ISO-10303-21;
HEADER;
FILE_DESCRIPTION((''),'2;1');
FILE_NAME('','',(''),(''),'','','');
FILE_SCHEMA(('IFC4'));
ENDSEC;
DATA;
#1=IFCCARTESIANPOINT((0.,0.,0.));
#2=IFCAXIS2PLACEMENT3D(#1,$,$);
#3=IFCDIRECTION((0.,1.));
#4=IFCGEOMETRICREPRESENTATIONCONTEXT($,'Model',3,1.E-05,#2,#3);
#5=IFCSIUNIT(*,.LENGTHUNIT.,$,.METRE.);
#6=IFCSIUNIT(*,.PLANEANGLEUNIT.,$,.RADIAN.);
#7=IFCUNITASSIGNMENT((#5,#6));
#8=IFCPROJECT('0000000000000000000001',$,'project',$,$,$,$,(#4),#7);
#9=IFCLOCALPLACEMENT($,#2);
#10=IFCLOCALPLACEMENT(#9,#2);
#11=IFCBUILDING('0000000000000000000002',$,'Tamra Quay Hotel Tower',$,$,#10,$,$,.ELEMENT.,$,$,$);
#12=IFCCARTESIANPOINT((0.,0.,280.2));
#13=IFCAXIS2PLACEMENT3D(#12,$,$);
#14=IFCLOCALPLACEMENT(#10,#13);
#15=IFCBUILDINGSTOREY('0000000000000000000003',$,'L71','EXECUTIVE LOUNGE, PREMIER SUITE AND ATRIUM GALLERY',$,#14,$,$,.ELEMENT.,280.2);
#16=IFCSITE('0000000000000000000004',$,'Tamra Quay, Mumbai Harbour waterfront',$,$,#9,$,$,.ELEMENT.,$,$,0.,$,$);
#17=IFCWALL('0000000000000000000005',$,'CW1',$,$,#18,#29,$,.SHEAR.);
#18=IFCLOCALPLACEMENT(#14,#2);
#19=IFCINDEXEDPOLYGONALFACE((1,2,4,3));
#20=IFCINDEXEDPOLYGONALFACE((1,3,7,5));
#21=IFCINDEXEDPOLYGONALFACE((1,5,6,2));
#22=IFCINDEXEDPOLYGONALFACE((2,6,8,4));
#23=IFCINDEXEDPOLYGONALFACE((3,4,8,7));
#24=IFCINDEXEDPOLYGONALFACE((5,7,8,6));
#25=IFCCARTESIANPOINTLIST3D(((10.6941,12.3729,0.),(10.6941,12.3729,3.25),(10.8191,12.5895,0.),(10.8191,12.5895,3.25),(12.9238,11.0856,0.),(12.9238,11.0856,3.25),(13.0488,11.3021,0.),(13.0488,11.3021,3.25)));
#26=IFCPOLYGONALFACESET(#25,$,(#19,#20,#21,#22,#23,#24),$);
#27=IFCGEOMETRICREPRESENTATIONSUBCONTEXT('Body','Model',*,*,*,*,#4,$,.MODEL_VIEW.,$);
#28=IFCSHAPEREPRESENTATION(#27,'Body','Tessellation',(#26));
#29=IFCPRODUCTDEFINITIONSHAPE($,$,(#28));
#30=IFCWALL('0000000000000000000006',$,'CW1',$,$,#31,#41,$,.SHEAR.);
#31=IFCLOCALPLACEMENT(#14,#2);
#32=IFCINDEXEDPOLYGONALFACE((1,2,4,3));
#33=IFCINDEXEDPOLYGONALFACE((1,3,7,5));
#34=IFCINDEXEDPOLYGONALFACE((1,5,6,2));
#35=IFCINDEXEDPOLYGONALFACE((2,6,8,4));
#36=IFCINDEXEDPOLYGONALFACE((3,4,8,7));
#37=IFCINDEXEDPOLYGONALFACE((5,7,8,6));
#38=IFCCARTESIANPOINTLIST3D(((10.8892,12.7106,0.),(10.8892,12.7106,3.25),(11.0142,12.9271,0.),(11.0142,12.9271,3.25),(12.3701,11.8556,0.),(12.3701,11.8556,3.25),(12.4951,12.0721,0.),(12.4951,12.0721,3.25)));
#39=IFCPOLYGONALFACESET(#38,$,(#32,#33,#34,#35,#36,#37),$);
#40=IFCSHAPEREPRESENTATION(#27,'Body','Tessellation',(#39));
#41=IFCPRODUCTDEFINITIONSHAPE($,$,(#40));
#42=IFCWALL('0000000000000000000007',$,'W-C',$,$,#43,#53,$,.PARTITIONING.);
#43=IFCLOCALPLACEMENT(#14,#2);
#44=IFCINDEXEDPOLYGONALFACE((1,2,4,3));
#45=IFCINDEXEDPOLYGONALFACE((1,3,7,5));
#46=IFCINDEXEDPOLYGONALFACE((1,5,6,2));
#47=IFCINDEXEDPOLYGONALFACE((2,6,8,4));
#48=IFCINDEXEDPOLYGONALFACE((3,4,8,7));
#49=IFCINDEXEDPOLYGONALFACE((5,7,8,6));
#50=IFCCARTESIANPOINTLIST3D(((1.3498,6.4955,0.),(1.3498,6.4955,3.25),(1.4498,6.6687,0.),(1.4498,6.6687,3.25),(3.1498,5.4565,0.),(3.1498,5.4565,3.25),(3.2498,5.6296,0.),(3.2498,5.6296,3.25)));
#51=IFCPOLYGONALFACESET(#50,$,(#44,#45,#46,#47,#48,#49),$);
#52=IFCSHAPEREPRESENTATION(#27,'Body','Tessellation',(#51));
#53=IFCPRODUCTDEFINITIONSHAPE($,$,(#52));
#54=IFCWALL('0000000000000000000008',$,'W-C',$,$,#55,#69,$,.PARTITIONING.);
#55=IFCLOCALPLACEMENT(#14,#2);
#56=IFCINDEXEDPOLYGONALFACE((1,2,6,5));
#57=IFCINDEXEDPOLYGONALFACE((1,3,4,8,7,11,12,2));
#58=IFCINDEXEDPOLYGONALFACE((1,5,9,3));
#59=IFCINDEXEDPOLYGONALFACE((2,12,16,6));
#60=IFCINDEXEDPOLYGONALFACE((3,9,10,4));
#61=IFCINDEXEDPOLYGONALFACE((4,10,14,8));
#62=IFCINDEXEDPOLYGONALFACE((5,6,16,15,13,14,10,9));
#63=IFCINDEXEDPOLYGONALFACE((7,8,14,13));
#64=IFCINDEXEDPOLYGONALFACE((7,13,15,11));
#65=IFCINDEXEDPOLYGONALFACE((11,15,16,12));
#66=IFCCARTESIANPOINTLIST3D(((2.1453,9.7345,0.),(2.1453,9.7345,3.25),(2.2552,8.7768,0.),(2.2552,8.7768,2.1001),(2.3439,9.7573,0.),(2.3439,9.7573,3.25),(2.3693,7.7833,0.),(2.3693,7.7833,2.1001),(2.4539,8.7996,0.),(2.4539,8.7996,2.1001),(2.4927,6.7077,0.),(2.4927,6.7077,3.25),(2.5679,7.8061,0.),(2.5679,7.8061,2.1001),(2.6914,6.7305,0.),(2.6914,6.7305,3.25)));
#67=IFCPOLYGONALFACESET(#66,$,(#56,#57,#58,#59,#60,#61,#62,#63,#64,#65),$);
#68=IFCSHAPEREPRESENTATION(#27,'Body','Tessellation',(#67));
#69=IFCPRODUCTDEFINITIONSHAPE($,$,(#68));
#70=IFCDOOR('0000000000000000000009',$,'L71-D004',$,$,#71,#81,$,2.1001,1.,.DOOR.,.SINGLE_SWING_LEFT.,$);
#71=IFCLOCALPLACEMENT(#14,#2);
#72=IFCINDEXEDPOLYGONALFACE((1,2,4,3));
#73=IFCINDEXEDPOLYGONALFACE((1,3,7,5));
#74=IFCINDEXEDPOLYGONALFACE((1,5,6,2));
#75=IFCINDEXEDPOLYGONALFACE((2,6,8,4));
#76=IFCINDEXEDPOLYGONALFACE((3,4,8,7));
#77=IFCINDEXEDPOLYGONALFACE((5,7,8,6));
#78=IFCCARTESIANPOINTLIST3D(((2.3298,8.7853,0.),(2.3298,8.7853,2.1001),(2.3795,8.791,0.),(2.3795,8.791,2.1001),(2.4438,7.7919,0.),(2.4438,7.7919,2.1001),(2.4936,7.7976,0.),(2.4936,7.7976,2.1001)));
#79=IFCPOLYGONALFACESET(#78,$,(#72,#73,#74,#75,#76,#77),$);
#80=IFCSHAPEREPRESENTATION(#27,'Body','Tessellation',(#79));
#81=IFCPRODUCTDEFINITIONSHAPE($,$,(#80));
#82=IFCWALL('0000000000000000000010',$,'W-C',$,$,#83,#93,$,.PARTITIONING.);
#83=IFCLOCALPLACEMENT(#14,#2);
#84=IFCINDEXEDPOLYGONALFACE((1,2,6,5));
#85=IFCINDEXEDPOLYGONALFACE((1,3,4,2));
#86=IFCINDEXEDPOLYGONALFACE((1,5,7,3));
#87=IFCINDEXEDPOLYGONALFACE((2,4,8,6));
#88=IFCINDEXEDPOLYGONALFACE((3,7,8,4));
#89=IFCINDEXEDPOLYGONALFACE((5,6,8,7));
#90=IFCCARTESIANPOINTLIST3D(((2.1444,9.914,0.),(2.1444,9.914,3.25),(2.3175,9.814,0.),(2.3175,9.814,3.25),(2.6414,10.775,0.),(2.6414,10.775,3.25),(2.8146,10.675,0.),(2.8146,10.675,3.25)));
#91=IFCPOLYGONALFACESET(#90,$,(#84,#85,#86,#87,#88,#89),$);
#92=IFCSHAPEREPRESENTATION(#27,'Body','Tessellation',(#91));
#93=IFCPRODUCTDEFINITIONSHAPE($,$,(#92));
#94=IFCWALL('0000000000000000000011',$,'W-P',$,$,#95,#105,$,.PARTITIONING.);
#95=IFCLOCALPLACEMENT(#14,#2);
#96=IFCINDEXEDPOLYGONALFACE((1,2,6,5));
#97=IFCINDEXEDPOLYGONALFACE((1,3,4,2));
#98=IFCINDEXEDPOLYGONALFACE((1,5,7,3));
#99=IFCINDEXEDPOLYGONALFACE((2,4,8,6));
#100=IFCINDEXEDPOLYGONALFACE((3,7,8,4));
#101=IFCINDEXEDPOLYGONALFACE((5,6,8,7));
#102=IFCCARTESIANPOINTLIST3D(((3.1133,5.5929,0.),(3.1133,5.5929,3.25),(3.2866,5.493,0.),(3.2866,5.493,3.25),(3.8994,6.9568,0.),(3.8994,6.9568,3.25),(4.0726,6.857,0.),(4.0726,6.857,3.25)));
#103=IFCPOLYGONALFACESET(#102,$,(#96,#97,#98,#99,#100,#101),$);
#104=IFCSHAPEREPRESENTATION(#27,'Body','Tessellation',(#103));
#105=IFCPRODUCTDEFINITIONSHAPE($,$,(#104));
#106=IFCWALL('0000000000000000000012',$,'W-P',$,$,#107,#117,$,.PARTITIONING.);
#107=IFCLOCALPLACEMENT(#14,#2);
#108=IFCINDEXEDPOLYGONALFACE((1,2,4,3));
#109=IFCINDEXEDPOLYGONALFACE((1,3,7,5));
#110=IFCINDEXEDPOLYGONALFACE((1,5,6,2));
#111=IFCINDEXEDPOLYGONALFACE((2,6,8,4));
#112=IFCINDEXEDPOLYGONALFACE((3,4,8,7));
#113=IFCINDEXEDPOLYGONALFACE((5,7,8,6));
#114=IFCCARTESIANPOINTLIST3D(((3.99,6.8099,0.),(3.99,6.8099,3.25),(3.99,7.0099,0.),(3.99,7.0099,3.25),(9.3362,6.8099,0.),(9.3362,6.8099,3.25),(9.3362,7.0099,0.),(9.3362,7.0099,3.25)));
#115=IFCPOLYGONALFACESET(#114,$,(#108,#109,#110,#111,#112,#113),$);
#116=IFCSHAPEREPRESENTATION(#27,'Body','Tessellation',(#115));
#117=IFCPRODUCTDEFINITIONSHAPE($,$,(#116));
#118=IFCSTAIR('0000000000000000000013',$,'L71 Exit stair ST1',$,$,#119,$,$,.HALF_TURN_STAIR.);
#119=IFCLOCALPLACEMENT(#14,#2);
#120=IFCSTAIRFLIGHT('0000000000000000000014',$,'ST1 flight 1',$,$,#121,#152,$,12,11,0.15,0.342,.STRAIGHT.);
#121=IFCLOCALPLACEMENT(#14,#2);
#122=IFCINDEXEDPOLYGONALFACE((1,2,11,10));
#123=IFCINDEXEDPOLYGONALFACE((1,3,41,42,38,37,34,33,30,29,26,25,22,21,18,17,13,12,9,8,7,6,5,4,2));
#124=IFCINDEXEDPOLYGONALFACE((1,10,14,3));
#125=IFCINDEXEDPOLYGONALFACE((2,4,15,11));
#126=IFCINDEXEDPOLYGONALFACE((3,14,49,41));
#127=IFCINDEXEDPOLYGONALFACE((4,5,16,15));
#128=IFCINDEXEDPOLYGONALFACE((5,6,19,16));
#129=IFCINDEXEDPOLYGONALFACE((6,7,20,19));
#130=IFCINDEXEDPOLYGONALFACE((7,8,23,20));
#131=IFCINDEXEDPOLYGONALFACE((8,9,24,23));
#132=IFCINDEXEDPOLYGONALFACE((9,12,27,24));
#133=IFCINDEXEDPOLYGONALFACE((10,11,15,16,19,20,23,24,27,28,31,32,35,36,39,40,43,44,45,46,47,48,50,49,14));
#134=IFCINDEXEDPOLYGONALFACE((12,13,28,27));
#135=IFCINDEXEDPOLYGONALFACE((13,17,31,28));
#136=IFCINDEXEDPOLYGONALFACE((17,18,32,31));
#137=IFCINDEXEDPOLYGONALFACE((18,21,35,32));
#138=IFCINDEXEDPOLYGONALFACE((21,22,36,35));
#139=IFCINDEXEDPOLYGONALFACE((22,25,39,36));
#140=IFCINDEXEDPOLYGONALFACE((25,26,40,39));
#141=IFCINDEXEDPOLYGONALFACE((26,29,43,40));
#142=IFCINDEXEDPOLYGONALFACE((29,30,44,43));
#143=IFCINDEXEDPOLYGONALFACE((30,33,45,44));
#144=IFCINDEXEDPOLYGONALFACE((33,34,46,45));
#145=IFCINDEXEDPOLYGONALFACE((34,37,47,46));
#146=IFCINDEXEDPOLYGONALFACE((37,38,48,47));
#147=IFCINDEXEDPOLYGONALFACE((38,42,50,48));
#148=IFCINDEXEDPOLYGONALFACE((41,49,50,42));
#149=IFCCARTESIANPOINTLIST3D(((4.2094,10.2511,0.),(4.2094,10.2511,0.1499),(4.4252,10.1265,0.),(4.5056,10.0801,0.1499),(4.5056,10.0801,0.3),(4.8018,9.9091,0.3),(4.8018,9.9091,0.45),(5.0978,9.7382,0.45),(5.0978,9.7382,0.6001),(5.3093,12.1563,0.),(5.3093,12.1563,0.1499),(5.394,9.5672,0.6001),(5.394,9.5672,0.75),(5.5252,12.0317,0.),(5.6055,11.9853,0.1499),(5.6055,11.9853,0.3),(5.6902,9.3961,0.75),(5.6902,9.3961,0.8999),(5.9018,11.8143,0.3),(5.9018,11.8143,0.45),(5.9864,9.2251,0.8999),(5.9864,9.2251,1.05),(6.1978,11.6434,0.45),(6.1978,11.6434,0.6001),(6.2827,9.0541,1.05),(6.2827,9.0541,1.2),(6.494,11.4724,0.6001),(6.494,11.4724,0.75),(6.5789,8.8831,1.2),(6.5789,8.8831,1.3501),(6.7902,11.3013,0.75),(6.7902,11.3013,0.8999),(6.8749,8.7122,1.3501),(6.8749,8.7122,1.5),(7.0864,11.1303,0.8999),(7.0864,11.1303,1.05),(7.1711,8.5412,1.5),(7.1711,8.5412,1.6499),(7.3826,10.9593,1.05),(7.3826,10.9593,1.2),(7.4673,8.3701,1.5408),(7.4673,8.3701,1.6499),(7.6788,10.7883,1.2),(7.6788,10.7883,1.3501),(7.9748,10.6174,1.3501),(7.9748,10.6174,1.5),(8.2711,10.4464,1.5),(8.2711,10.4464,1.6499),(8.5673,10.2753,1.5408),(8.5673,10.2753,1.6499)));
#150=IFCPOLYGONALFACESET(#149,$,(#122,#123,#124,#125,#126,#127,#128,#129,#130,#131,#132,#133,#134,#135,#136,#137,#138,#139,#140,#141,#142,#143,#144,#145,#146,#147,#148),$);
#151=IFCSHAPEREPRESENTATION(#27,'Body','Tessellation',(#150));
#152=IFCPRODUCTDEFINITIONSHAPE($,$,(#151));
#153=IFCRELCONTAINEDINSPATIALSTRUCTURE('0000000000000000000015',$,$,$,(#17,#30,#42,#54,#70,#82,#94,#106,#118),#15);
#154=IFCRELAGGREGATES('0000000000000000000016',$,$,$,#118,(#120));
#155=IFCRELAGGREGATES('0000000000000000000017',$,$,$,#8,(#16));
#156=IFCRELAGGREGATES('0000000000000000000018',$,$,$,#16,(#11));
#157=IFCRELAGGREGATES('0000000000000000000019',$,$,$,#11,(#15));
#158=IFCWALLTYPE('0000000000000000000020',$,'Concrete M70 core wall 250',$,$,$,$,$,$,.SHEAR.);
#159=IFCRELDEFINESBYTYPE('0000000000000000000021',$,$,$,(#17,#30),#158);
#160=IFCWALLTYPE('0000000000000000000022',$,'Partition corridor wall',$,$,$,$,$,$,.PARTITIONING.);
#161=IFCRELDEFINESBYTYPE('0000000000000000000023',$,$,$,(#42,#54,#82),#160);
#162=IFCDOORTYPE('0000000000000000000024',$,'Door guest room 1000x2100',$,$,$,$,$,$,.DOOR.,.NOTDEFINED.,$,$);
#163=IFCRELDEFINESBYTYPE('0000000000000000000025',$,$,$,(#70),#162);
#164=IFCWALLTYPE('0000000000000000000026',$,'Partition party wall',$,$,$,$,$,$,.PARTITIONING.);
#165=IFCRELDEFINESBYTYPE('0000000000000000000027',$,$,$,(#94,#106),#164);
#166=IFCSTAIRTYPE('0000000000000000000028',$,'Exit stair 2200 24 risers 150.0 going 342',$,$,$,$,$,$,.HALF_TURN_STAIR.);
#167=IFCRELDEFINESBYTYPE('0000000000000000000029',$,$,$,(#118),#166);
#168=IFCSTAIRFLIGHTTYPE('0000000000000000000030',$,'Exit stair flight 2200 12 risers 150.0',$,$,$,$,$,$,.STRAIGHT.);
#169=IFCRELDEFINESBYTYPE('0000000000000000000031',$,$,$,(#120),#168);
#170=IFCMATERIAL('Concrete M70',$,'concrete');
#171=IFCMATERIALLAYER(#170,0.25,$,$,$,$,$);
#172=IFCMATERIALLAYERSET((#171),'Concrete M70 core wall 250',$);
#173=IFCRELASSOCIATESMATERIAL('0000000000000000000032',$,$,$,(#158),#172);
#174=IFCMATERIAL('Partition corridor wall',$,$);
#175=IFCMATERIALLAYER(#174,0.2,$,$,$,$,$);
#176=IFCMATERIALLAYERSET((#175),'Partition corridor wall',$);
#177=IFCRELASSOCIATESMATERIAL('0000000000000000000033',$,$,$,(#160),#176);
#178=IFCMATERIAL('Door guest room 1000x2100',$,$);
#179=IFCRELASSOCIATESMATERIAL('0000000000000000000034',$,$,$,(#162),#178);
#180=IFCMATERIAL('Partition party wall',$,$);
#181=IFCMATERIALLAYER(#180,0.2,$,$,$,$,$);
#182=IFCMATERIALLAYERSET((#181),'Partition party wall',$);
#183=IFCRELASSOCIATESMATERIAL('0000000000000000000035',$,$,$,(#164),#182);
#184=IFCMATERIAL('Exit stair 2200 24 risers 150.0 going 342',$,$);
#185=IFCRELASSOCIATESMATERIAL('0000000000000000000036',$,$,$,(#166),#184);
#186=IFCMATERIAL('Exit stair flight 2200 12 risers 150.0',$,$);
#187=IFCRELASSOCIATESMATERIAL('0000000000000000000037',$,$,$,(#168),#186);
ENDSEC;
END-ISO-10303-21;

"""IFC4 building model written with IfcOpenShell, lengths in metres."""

from ifc_helpers import new_model, si_unit, direction, frame, frame_2d, origin, place, context, subcontext, project, spatial, polyline, rectangle, outline, extrude, material, layer, layer_set, type_object, element, fill, aggregate, save


model = new_model("IFC4")

# Units and contexts
model_context = context("Model", 3, precision=1e-05, world=origin(), true_north=direction((0.0, 1.0)))
body_context = subcontext(model_context, "Body", "Model", "MODEL_VIEW")
ifc_project = project(units=[si_unit("LENGTHUNIT", "METRE"), si_unit("PLANEANGLEUNIT", "RADIAN")], contexts=[model_context])

# Site, building, storey
site_placement = place(None, origin())
site = spatial("IfcSite", under=ifc_project, at=site_placement, Name="Tamra Quay, Mumbai Harbour waterfront", CompositionType="ELEMENT", RefElevation=0.0)
building_placement = place(site_placement, origin())
building = spatial("IfcBuilding", under=site, at=building_placement, Name="Tamra Quay Hotel Tower", CompositionType="ELEMENT")
storey_placement = place(building_placement, frame((0.0, 0.0, 280.2)))
storey = spatial("IfcBuildingStorey", under=building, at=storey_placement, Name="L71", Description="EXECUTIVE LOUNGE, PREMIER SUITE AND ATRIUM GALLERY", CompositionType="ELEMENT", Elevation=280.2)

# Shared definitions
ifc_material_1 = material(Name="Concrete M70", Category="concrete")

# Shared definitions
ifc_layer_1 = layer(ifc_material_1, 0.25)
ifc_layer_set_1 = layer_set([ifc_layer_1], Name="Concrete M70 core wall 250")
wall_type_1 = type_object("IfcWallType", Name="Concrete M70 core wall 250", PredefinedType="SHEAR", material=ifc_layer_set_1)

# Walls
wall_1_placement = place(storey_placement, frame((10.7566, 12.4812, 0.0), z_axis=(0.0, 0.0, 1.0), x_axis=(0.866023, -0.500004, 0.0)))
element("IfcWall", 1, at=wall_1_placement, inside=storey, type_object=wall_type_1, Name="CW1", PredefinedType="SHEAR", context=body_context, shape_type="SweptSolid", body=[
    extrude(rectangle(XDim=2.5747, YDim=0.25, at=frame_2d((1.2874, 0.0))), origin(), (0.0, 0.0, 1.0), 3.25),
])
wall_2_placement = place(storey_placement, frame((12.4326, 11.9639, 0.0), z_axis=(0.0, 0.0, 1.0), x_axis=(-0.866038, 0.499978, 0.0)))
element("IfcWall", 2, at=wall_2_placement, inside=storey, type_object=wall_type_1, Name="CW1", PredefinedType="SHEAR", context=body_context, shape_type="SweptSolid", body=[
    extrude(rectangle(XDim=1.71, YDim=0.25, at=frame_2d((0.855, 0.0))), origin(), (0.0, 0.0, 1.0), 3.25),
])
ifc_material_2 = material(Name="Partition corridor wall")
ifc_layer_2 = layer(ifc_material_2, 0.2)
ifc_layer_set_2 = layer_set([ifc_layer_2], Name="Partition corridor wall")
wall_type_2 = type_object("IfcWallType", Name="Partition corridor wall", PredefinedType="PARTITIONING", material=ifc_layer_set_2)
wall_3_placement = place(storey_placement, frame((1.3999, 6.582, 0.0), z_axis=(0.0, 0.0, 1.0), x_axis=(0.866066, -0.499929, 0.0)))
element("IfcWall", 3, at=wall_3_placement, inside=storey, type_object=wall_type_2, Name="W-C", PredefinedType="PARTITIONING", context=body_context, shape_type="SweptSolid", body=[
    extrude(rectangle(XDim=2.0784, YDim=0.2, at=frame_2d((1.0391, 0.0))), origin(), (0.0, 0.0, 1.0), 3.25),
])

# Wall, opening, door
wall_4_placement = place(storey_placement, frame((2.592, 6.719, 0.0), z_axis=(0.0, 0.0, 1.0), x_axis=(-0.114028, 0.993478, 0.0)))
wall_4 = element("IfcWall", 4, at=wall_4_placement, inside=storey, type_object=wall_type_2, Name="W-C", PredefinedType="PARTITIONING", context=body_context, shape_type="SweptSolid", body=[
    extrude(rectangle(XDim=3.0466, YDim=0.2, at=frame_2d((1.5234, 0.0))), origin(), (0.0, 0.0, 1.0), 3.25),
])
opening_1_placement = place(wall_4_placement, frame((1.0828, 0.0, 0.0)))
opening_1 = element("IfcOpeningElement", 5, at=opening_1_placement, cuts=wall_4, PredefinedType="OPENING", context=body_context, shape_type="SweptSolid", body=[
    extrude(rectangle(XDim=1.0, YDim=2.1001, at=frame_2d((0.5, 1.05))), frame((0.0, 0.1099, 0.0), z_axis=(0.0, -1.0, 0.0), x_axis=(1.0, 0.0, 0.0)), (0.0, 0.0, 1.0), 0.22),
])
ifc_material_3 = material(Name="Door guest room 1000x2100")
door_type_1 = type_object("IfcDoorType", Name="Door guest room 1000x2100", OperationType="NOTDEFINED", PredefinedType="DOOR", material=ifc_material_3)
door_1_placement = place(opening_1_placement, origin())
door_1 = element("IfcDoor", 6, at=door_1_placement, inside=storey, type_object=door_type_1, Name="L71-D004", OperationType="SINGLE_SWING_LEFT", OverallHeight=2.1001, OverallWidth=1.0, PredefinedType="DOOR", context=body_context, shape_type="SweptSolid", body=[
    extrude(rectangle(XDim=1.0, YDim=2.1001, at=frame_2d((0.5, 1.05))), frame((0.0, 0.0249, 0.0), z_axis=(0.0, -1.0, 0.0), x_axis=(1.0, 0.0, 0.0)), (0.0, 0.0, 1.0), 0.05),
])
fill(opening_1, door_1)

# Walls
wall_5_placement = place(storey_placement, frame((2.231, 9.864, 0.0), z_axis=(0.0, 0.0, 1.0), x_axis=(0.499942, 0.866059, 0.0)))
element("IfcWall", 7, at=wall_5_placement, inside=storey, type_object=wall_type_2, Name="W-C", PredefinedType="PARTITIONING", context=body_context, shape_type="SweptSolid", body=[
    extrude(rectangle(XDim=0.9941, YDim=0.2, at=frame_2d((0.4971, 0.0))), origin(), (0.0, 0.0, 1.0), 3.25),
])
ifc_material_4 = material(Name="Partition party wall")
ifc_layer_3 = layer(ifc_material_4, 0.2)
ifc_layer_set_3 = layer_set([ifc_layer_3], Name="Partition party wall")
wall_type_3 = type_object("IfcWallType", Name="Partition party wall", PredefinedType="PARTITIONING", material=ifc_layer_set_3)
wall_6_placement = place(storey_placement, frame((3.2, 5.543, 0.0), z_axis=(0.0, 0.0, 1.0), x_axis=(0.499342, 0.866405, 0.0)))
element("IfcWall", 8, at=wall_6_placement, inside=storey, type_object=wall_type_3, Name="W-P", PredefinedType="PARTITIONING", context=body_context, shape_type="SweptSolid", body=[
    extrude(rectangle(XDim=1.5742, YDim=0.2, at=frame_2d((0.7871, 0.0))), origin(), (0.0, 0.0, 1.0), 3.25),
])
wall_7_placement = place(storey_placement, frame((3.99, 6.9099, 0.0), z_axis=(0.0, 0.0, 1.0), x_axis=(1.0, 0.0, 0.0)))
element("IfcWall", 9, at=wall_7_placement, inside=storey, type_object=wall_type_3, Name="W-P", PredefinedType="PARTITIONING", context=body_context, shape_type="SweptSolid", body=[
    extrude(rectangle(XDim=5.3462, YDim=0.2, at=frame_2d((2.6731, 0.0))), origin(), (0.0, 0.0, 1.0), 3.25),
])

# Stair, stair flight
ifc_material_5 = material(Name="Exit stair 2200 24 risers 150.0 going 342")
stair_type = type_object("IfcStairType", Name="Exit stair 2200 24 risers 150.0 going 342", PredefinedType="HALF_TURN_STAIR", material=ifc_material_5)
stair_placement = place(storey_placement, origin())
stair = element("IfcStair", 10, at=stair_placement, inside=storey, type_object=stair_type, Name="L71 Exit stair ST1", PredefinedType="HALF_TURN_STAIR")
ifc_material_6 = material(Name="Exit stair flight 2200 12 risers 150.0")
stair_flight_type = type_object("IfcStairFlightType", Name="Exit stair flight 2200 12 risers 150.0", PredefinedType="STRAIGHT", material=ifc_material_6)
stair_flight_1_placement = place(storey_placement, frame((4.7593, 11.2036, 0.0), z_axis=(0.0, 0.0, 1.0), x_axis=(0.866025, -0.5, 0.0)))
stair_flight_1 = element("IfcStairFlight", 11, at=stair_flight_1_placement, type_object=stair_flight_type, Name="ST1 flight 1", NumberOfRisers=12, NumberOfTreads=11, PredefinedType="STRAIGHT", RiserHeight=0.15, TreadLength=0.342, context=body_context, shape_type="SweptSolid", body=[
    extrude(outline(polyline([(0.0, 0.0), (0.0, 0.1499), (0.342, 0.1499), (0.342, 0.3), (0.6841, 0.3), (0.6841, 0.45), (1.0259, 0.45), (1.0259, 0.6001), (1.3679, 0.6001), (1.3679, 0.75), (1.71, 0.75), (1.71, 0.8999), (2.052, 0.8999), (2.052, 1.05), (2.394, 1.05), (2.394, 1.2), (2.7361, 1.2), (2.7361, 1.3501), (3.0779, 1.3501), (3.0779, 1.5), (3.4199, 1.5), (3.4199, 1.6499), (3.762, 1.6499), (3.762, 1.8), (3.762, 1.5408), (0.2493, 0.0), (0.0, 0.0)])), frame((0.0, 1.1001, 0.0), z_axis=(0.0, -1.0, 0.0), x_axis=(1.0, 0.0, 0.0)), (0.0, 0.0, 1.0), 2.2),
])
aggregate(stair, [stair_flight_1])

save(model, "model.ifc")
